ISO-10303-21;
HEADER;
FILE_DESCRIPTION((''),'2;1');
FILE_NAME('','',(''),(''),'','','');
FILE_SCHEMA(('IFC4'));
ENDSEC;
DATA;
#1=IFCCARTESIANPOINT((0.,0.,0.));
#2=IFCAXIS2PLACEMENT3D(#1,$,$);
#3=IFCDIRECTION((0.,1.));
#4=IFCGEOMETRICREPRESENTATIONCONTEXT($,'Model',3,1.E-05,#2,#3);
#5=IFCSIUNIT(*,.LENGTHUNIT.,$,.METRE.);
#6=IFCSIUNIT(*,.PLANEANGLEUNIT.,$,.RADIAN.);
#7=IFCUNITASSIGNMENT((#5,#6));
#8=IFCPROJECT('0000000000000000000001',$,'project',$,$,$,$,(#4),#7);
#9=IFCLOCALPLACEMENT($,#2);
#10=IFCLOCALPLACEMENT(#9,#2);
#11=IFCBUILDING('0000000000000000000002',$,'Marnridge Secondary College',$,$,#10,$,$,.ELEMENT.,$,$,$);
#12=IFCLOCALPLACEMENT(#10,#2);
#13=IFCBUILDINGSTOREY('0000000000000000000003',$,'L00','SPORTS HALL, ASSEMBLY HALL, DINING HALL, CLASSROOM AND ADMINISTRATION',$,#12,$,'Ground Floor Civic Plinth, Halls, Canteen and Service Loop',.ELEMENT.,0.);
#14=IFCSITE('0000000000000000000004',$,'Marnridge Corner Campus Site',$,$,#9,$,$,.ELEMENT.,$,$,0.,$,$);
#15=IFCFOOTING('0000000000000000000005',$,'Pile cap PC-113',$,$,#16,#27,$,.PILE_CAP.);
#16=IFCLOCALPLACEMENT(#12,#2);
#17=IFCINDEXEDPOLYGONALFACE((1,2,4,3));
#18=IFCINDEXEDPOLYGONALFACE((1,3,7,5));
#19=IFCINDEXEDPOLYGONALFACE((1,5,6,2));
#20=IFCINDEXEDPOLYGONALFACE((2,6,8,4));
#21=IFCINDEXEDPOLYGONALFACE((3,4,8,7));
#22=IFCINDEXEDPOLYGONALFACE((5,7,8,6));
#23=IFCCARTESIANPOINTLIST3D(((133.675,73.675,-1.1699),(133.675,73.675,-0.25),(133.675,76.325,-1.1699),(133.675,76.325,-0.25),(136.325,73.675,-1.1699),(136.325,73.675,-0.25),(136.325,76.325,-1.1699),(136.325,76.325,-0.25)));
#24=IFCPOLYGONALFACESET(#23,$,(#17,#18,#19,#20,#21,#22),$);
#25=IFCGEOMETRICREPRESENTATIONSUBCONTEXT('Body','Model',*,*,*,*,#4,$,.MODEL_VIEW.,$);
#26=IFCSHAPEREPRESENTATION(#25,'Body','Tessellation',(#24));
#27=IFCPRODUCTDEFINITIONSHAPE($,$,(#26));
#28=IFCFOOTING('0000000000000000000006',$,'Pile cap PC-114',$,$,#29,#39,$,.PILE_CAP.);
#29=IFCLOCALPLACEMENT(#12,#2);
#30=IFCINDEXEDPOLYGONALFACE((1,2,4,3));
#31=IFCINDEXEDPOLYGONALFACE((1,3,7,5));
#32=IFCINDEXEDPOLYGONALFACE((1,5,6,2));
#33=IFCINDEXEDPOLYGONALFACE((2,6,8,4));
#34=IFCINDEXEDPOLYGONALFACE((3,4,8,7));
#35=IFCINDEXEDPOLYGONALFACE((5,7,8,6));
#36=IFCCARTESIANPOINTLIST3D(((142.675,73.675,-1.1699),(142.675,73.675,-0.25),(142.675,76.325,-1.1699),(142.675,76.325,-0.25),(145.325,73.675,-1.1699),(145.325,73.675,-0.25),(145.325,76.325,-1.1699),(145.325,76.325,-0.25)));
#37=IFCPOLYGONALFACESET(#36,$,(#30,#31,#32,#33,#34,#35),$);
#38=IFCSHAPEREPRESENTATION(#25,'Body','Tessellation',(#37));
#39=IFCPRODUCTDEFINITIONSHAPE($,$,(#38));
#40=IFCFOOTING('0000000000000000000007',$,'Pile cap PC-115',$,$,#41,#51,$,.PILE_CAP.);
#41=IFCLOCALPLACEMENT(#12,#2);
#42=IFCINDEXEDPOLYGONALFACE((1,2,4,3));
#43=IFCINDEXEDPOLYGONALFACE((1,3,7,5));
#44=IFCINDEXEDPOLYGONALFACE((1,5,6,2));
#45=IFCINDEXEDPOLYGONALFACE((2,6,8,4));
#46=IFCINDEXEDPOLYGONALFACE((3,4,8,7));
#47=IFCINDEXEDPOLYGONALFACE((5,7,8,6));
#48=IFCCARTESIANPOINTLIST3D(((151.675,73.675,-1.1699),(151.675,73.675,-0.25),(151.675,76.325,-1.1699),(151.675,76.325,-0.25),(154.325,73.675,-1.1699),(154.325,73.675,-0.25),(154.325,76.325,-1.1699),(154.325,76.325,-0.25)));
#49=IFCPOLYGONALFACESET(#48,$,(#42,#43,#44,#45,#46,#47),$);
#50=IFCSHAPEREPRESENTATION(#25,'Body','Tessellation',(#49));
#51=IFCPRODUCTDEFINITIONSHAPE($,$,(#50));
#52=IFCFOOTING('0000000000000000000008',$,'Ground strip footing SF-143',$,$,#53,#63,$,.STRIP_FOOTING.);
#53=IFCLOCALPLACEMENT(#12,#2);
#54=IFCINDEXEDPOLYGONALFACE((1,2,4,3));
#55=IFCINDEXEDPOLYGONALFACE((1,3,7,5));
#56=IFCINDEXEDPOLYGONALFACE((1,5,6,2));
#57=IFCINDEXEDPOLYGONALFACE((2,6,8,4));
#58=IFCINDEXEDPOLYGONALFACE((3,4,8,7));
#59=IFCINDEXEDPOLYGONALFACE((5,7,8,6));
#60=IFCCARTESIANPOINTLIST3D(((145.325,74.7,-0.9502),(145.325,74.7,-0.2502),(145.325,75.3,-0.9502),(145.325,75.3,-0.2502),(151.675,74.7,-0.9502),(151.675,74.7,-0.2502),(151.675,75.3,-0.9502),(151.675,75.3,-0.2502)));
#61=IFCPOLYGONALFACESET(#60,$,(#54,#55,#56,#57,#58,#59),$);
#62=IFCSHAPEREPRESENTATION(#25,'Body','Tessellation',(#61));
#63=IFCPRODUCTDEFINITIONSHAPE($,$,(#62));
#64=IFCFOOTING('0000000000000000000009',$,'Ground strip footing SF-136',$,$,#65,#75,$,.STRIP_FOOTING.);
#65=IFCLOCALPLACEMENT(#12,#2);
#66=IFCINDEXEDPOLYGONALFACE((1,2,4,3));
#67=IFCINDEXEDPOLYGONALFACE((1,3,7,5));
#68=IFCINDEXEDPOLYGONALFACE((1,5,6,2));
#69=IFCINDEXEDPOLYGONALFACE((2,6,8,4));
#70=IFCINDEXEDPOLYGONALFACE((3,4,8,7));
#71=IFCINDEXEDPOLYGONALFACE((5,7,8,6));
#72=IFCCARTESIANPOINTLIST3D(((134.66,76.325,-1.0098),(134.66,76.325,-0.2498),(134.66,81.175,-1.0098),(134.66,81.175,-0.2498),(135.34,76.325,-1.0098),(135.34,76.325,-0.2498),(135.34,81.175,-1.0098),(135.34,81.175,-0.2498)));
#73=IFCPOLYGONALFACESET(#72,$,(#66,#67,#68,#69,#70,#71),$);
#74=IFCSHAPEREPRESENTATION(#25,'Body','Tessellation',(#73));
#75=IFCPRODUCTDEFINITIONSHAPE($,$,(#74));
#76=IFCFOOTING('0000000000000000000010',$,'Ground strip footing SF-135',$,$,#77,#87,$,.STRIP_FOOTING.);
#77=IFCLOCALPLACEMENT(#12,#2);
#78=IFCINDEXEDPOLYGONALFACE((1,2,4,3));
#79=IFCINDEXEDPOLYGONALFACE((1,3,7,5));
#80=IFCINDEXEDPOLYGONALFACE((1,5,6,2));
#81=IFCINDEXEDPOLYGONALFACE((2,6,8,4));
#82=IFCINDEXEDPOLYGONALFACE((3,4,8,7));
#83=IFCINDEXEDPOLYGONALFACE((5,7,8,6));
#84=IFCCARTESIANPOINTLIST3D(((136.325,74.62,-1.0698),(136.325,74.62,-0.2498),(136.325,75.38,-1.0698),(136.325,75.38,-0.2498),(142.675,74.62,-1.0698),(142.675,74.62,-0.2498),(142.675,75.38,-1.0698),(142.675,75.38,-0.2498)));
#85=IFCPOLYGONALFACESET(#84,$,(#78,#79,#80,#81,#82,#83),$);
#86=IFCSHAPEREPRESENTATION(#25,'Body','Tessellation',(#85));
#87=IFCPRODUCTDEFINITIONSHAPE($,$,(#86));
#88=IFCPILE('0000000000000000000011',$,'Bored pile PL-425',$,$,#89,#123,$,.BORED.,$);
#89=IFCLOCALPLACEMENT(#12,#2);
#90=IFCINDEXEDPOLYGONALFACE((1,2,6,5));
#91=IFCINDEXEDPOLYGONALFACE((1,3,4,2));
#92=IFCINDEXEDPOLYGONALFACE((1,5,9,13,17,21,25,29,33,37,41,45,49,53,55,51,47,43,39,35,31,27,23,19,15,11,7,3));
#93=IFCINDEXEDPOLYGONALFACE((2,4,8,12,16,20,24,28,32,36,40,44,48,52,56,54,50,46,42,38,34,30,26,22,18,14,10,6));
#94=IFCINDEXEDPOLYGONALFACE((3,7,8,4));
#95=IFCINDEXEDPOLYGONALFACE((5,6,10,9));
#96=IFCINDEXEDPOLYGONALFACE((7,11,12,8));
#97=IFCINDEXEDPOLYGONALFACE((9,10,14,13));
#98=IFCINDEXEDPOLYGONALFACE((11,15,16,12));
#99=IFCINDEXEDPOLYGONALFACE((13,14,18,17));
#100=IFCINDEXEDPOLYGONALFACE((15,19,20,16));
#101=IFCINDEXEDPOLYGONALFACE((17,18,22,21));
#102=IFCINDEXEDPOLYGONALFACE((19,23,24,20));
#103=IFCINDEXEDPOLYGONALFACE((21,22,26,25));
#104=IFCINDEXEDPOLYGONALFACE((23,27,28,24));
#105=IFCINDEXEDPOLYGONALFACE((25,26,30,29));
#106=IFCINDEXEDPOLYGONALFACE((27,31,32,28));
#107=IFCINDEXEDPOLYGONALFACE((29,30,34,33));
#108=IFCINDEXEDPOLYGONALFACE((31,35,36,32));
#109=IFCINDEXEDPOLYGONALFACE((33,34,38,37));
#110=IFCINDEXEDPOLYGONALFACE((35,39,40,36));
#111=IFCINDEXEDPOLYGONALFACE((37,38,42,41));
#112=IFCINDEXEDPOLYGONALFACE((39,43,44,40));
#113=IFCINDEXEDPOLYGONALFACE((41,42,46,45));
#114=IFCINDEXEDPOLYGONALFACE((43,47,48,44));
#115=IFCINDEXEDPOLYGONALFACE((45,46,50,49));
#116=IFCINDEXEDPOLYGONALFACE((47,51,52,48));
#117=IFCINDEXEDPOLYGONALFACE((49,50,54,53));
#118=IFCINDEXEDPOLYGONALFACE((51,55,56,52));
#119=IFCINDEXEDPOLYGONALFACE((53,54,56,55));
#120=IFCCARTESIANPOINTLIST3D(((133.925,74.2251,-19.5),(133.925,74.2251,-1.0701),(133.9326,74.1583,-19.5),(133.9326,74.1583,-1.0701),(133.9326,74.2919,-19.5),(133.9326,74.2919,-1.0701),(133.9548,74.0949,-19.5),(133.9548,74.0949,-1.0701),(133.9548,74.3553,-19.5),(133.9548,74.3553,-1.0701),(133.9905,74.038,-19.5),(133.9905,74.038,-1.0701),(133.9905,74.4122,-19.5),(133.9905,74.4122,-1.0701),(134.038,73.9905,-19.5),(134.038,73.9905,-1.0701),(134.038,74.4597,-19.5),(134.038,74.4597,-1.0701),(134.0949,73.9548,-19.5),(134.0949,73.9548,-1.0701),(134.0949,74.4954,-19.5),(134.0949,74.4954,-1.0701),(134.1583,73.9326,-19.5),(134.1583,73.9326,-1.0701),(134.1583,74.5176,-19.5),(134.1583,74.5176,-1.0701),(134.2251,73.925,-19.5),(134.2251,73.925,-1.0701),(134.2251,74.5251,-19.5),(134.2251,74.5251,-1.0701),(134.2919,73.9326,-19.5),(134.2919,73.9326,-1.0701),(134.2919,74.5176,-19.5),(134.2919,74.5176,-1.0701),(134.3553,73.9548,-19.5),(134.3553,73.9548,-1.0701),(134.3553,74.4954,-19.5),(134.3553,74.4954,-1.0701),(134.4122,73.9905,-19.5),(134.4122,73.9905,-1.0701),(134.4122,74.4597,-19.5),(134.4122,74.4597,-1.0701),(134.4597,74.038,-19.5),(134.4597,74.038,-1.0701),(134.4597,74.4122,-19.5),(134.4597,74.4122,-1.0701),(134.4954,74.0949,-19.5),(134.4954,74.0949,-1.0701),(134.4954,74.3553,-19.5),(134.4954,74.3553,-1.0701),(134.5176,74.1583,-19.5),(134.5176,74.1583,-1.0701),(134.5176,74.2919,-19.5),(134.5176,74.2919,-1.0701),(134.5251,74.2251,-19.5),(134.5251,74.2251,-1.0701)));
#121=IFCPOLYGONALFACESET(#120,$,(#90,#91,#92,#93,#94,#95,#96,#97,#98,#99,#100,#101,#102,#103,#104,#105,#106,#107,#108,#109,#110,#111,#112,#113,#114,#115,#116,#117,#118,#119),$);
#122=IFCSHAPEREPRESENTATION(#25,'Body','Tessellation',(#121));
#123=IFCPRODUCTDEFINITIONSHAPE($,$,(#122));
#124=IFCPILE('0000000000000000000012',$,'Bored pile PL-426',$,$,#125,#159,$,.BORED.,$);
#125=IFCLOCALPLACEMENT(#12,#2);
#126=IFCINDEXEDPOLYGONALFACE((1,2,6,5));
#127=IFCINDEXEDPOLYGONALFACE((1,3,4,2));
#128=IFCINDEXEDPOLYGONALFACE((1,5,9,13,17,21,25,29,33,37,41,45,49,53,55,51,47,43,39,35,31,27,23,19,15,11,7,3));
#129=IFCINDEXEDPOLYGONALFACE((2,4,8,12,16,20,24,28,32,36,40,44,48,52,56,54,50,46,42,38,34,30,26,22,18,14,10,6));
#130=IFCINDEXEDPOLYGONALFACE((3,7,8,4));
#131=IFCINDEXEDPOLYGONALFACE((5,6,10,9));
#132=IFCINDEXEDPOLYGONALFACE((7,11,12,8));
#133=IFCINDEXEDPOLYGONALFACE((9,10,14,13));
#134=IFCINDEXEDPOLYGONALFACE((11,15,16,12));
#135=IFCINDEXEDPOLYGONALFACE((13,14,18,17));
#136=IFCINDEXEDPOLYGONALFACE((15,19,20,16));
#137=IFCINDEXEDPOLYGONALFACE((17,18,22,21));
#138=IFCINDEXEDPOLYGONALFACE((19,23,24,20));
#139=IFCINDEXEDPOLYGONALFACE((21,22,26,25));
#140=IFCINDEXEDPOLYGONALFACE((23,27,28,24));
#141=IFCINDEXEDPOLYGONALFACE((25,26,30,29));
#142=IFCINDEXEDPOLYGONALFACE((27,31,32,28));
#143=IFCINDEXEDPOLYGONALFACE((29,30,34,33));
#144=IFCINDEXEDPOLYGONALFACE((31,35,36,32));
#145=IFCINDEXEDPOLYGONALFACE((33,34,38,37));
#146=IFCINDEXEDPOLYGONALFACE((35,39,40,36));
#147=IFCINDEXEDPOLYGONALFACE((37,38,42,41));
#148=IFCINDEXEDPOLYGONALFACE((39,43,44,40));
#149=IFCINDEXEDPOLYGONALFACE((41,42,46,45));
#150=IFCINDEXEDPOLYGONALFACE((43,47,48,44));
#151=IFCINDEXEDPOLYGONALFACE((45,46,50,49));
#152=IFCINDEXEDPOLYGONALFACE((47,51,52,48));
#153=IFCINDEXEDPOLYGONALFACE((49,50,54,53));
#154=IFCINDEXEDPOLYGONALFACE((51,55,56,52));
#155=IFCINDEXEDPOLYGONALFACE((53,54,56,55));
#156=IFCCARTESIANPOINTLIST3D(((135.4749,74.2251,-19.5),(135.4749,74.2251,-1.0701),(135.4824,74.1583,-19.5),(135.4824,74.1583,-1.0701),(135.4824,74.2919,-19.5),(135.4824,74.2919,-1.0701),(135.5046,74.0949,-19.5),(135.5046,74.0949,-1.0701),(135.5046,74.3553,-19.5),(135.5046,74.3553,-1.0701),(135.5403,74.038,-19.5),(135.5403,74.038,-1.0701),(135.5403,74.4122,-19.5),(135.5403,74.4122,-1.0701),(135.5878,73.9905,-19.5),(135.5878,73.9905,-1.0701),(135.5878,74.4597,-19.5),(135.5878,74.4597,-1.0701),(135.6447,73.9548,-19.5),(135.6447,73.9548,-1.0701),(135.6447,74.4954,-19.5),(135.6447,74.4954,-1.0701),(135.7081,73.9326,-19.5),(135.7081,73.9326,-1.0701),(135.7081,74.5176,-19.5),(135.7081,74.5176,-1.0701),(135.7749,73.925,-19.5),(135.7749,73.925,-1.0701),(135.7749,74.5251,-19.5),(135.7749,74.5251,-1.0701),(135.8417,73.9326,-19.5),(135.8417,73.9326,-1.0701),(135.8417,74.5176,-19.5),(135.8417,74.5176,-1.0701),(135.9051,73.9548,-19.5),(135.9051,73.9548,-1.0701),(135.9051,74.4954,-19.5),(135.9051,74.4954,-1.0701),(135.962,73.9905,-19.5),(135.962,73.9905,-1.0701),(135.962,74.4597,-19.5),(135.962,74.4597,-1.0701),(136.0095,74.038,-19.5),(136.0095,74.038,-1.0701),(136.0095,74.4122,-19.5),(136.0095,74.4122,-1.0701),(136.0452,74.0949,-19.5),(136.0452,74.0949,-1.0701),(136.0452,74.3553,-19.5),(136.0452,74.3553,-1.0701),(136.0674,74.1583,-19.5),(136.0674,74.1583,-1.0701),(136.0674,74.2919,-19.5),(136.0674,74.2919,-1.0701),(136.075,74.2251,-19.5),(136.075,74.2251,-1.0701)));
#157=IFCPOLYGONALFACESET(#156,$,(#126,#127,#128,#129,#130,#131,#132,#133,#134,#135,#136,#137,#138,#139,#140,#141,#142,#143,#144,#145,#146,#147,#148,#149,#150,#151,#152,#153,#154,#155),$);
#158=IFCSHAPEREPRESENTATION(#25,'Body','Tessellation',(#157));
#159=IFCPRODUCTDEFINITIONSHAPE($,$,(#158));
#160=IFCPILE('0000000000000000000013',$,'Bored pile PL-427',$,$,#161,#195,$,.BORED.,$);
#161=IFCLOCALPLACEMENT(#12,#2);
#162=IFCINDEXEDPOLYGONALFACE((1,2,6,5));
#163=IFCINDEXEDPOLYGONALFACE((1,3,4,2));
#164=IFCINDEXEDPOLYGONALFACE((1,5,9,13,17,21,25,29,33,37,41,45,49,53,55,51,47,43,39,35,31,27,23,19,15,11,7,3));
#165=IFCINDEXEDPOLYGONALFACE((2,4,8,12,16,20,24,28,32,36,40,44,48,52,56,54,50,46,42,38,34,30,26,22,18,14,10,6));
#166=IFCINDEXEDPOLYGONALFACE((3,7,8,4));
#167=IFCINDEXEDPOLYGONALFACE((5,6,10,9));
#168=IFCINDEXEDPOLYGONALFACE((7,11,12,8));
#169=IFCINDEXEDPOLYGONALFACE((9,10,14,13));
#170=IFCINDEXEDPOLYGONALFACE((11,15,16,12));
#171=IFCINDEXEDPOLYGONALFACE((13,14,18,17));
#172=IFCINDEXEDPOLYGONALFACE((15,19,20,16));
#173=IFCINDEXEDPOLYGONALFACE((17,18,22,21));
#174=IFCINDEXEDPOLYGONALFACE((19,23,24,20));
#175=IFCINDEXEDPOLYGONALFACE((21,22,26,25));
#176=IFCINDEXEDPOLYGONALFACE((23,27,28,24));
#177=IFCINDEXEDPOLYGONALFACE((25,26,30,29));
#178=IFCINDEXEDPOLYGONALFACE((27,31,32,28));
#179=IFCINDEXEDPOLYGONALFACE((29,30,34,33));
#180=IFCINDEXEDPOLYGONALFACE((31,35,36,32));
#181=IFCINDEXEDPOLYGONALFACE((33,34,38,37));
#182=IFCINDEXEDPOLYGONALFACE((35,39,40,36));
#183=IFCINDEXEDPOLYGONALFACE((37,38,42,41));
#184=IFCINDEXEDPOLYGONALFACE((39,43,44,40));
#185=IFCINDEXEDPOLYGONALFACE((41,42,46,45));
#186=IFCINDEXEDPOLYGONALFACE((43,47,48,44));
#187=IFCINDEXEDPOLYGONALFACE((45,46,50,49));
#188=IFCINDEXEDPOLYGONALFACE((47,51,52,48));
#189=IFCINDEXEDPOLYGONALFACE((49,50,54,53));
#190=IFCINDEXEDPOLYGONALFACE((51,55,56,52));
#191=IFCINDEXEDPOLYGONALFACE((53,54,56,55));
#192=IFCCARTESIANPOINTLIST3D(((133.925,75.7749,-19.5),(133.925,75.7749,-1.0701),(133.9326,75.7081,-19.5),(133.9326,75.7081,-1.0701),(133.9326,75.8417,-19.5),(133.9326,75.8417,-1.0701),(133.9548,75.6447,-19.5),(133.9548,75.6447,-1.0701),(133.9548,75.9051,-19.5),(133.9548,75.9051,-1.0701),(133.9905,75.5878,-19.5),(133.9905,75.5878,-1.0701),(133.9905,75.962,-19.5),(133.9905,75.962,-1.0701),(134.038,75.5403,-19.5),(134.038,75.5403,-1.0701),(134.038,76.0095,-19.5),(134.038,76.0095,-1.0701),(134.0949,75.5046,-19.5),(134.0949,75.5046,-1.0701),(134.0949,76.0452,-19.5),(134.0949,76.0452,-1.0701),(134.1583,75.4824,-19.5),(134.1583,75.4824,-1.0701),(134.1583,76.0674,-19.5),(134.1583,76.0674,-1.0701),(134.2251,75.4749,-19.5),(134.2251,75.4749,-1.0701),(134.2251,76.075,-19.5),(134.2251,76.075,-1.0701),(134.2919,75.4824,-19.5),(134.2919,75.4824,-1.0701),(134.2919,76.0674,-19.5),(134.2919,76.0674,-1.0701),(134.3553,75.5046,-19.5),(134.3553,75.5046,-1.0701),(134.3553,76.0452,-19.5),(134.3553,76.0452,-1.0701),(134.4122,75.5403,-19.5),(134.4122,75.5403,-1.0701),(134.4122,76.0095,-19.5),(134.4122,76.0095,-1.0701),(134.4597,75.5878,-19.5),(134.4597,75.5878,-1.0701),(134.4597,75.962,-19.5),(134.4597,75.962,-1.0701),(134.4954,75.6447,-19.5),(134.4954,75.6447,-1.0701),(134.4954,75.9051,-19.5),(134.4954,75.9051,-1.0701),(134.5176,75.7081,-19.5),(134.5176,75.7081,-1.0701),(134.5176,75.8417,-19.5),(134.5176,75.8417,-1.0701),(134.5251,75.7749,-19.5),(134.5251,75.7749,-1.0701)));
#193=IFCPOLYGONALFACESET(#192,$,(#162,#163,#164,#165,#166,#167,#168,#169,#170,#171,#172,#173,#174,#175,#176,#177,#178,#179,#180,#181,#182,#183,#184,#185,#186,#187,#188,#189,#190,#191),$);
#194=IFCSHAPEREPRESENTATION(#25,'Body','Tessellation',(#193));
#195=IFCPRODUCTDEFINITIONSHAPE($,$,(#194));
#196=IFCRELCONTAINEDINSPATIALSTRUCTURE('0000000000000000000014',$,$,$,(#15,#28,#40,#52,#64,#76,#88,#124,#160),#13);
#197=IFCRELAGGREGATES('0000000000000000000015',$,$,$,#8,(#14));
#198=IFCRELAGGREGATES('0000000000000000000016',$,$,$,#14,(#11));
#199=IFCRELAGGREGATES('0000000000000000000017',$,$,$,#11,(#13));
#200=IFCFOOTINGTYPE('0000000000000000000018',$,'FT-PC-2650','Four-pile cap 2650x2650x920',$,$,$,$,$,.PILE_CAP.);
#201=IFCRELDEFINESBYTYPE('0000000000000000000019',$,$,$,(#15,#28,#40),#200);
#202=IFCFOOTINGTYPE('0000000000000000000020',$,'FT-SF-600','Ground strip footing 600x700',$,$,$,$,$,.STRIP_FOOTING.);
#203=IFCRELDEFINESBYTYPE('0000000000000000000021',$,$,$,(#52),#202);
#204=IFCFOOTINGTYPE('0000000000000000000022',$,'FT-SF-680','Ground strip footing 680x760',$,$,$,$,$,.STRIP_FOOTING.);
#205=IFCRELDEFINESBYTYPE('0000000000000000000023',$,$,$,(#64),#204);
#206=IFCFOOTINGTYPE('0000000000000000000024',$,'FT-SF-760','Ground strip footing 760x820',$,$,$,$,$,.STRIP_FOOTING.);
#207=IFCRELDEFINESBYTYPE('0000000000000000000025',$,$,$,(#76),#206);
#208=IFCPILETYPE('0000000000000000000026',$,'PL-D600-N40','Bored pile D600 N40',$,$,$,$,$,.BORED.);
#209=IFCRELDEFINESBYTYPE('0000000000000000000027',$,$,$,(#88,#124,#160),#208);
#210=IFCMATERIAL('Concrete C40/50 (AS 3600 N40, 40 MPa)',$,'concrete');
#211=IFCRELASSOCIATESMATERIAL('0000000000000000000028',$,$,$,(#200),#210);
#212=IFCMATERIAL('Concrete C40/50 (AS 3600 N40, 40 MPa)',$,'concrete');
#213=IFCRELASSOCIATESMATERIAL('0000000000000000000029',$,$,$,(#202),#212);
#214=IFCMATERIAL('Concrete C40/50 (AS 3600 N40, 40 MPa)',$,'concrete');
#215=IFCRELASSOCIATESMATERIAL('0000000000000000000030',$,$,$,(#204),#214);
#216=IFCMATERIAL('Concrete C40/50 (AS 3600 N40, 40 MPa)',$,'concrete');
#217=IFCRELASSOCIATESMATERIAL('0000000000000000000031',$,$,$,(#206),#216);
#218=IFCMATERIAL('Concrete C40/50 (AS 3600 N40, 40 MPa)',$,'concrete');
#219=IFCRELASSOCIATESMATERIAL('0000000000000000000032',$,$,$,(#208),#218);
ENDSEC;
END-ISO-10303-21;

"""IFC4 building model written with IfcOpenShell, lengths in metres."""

from ifc_helpers import new_model, si_unit, direction, frame, origin, origin_2d, place, context, subcontext, project, spatial, rectangle, circle, extrude, material, material_profile, profile_set, type_object, element, save


model = new_model("IFC4")

# Units and contexts
model_context = context("Model", 3, precision=1e-05, world=origin(), true_north=direction((0.0, 1.0)))
body_context = subcontext(model_context, "Body", "Model", "MODEL_VIEW")
ifc_project = project(units=[si_unit("LENGTHUNIT", "METRE"), si_unit("PLANEANGLEUNIT", "RADIAN")], contexts=[model_context])

# Site, building, storey
site_placement = place(None, origin())
site = spatial("IfcSite", under=ifc_project, at=site_placement, Name="Marnridge Corner Campus Site", CompositionType="ELEMENT", RefElevation=0.0)
building_placement = place(site_placement, origin())
building = spatial("IfcBuilding", under=site, at=building_placement, Name="Marnridge Secondary College", CompositionType="ELEMENT")
storey_placement = place(building_placement, origin())
storey = spatial("IfcBuildingStorey", under=building, at=storey_placement, Name="L00", Description="SPORTS HALL, ASSEMBLY HALL, DINING HALL, CLASSROOM AND ADMINISTRATION", LongName="Ground Floor Civic Plinth, Halls, Canteen and Service Loop", CompositionType="ELEMENT", Elevation=0.0)

# Footings
ifc_material_1 = material(Name="Concrete C40/50 (AS 3600 N40, 40 MPa)", Category="concrete")
footing_type_1 = type_object("IfcFootingType", Name="FT-PC-2650", Description="Four-pile cap 2650x2650x920", PredefinedType="PILE_CAP", material=ifc_material_1)
for number, where, z_axis, x_axis, name in (
    (1, (135.0, 75.0, -1.1699), (0.0, 0.0, 1.0), (1.0, 0.0, 0.0), "Pile cap PC-113"),
    (2, (144.0, 75.0, -1.1699), (0.0, 0.0, 1.0), (1.0, 0.0, 0.0), "Pile cap PC-114"),
    (3, (153.0, 75.0, -1.1699), (0.0, 0.0, 1.0), (1.0, 0.0, 0.0), "Pile cap PC-115"),
):
    element("IfcFooting", number, at=place(storey_placement, frame(where, z_axis=z_axis, x_axis=x_axis)), inside=storey, type_object=footing_type_1, Name=name, PredefinedType="PILE_CAP", context=body_context, shape_type="SweptSolid", body=[
        extrude(rectangle(XDim=2.6499, YDim=2.6499, at=origin_2d()), origin(), (0.0, 0.0, 1.0), 0.9199),
    ])
ifc_material_2 = material(Name="Concrete C40/50 (AS 3600 N40, 40 MPa)", Category="concrete")
footing_type_2 = type_object("IfcFootingType", Name="FT-SF-600", Description="Ground strip footing 600x700", PredefinedType="STRIP_FOOTING", material=ifc_material_2)
footing_1_placement = place(storey_placement, frame((148.5, 75.0, -0.9502), z_axis=(0.0, 0.0, 1.0), x_axis=(1.0, 0.0, 0.0)))
element("IfcFooting", 4, at=footing_1_placement, inside=storey, type_object=footing_type_2, Name="Ground strip footing SF-143", PredefinedType="STRIP_FOOTING", context=body_context, shape_type="SweptSolid", body=[
    extrude(rectangle(XDim=6.3501, YDim=0.6001, at=origin_2d()), origin(), (0.0, 0.0, 1.0), 0.7),
])
ifc_material_3 = material(Name="Concrete C40/50 (AS 3600 N40, 40 MPa)", Category="concrete")
footing_type_3 = type_object("IfcFootingType", Name="FT-SF-680", Description="Ground strip footing 680x760", PredefinedType="STRIP_FOOTING", material=ifc_material_3)
footing_2_placement = place(storey_placement, frame((135.0, 78.75, -1.0098), z_axis=(0.0, 0.0, 1.0), x_axis=(1.0, 0.0, 0.0)))
element("IfcFooting", 5, at=footing_2_placement, inside=storey, type_object=footing_type_3, Name="Ground strip footing SF-136", PredefinedType="STRIP_FOOTING", context=body_context, shape_type="SweptSolid", body=[
    extrude(rectangle(XDim=0.6799, YDim=4.8501, at=origin_2d()), origin(), (0.0, 0.0, 1.0), 0.76),
])
ifc_material_4 = material(Name="Concrete C40/50 (AS 3600 N40, 40 MPa)", Category="concrete")
footing_type_4 = type_object("IfcFootingType", Name="FT-SF-760", Description="Ground strip footing 760x820", PredefinedType="STRIP_FOOTING", material=ifc_material_4)
footing_3_placement = place(storey_placement, frame((139.5, 75.0, -1.0698), z_axis=(0.0, 0.0, 1.0), x_axis=(1.0, 0.0, 0.0)))
element("IfcFooting", 6, at=footing_3_placement, inside=storey, type_object=footing_type_4, Name="Ground strip footing SF-135", PredefinedType="STRIP_FOOTING", context=body_context, shape_type="SweptSolid", body=[
    extrude(rectangle(XDim=6.3501, YDim=0.76, at=origin_2d()), origin(), (0.0, 0.0, 1.0), 0.8201),
])

# Piles
ifc_material_5 = material(Name="Concrete C40/50 (AS 3600 N40, 40 MPa)", Category="concrete")
ifc_material_profile_1 = material_profile(ifc_material_5, circle(Radius=0.3, at=origin_2d()), Name="PILE D600")
ifc_profile_set_1 = profile_set([ifc_material_profile_1], Name="Concrete C40/50 (AS 3600 N40, 40 MPa)")
pile_type = type_object("IfcPileType", Name="PL-D600-N40", Description="Bored pile D600 N40", PredefinedType="BORED", material=ifc_profile_set_1)
for number, where, z_axis, x_axis, name in (
    (7, (134.2251, 74.2251, -1.0701), (0.0, 0.0, -1.0), (1.0, 0.0, 0.0), "Bored pile PL-425"),
    (8, (135.7749, 74.2251, -1.0701), (0.0, 0.0, -1.0), (1.0, 0.0, 0.0), "Bored pile PL-426"),
    (9, (134.2251, 75.7749, -1.0701), (0.0, 0.0, -1.0), (1.0, 0.0, 0.0), "Bored pile PL-427"),
):
    element("IfcPile", number, at=place(storey_placement, frame(where, z_axis=z_axis, x_axis=x_axis)), inside=storey, type_object=pile_type, Name=name, PredefinedType="BORED", context=body_context, shape_type="SweptSolid", body=[
        extrude(circle(Radius=0.3, at=origin_2d()), origin(), (0.0, 0.0, 1.0), 18.4299),
    ])

save(model, "model.ifc")
